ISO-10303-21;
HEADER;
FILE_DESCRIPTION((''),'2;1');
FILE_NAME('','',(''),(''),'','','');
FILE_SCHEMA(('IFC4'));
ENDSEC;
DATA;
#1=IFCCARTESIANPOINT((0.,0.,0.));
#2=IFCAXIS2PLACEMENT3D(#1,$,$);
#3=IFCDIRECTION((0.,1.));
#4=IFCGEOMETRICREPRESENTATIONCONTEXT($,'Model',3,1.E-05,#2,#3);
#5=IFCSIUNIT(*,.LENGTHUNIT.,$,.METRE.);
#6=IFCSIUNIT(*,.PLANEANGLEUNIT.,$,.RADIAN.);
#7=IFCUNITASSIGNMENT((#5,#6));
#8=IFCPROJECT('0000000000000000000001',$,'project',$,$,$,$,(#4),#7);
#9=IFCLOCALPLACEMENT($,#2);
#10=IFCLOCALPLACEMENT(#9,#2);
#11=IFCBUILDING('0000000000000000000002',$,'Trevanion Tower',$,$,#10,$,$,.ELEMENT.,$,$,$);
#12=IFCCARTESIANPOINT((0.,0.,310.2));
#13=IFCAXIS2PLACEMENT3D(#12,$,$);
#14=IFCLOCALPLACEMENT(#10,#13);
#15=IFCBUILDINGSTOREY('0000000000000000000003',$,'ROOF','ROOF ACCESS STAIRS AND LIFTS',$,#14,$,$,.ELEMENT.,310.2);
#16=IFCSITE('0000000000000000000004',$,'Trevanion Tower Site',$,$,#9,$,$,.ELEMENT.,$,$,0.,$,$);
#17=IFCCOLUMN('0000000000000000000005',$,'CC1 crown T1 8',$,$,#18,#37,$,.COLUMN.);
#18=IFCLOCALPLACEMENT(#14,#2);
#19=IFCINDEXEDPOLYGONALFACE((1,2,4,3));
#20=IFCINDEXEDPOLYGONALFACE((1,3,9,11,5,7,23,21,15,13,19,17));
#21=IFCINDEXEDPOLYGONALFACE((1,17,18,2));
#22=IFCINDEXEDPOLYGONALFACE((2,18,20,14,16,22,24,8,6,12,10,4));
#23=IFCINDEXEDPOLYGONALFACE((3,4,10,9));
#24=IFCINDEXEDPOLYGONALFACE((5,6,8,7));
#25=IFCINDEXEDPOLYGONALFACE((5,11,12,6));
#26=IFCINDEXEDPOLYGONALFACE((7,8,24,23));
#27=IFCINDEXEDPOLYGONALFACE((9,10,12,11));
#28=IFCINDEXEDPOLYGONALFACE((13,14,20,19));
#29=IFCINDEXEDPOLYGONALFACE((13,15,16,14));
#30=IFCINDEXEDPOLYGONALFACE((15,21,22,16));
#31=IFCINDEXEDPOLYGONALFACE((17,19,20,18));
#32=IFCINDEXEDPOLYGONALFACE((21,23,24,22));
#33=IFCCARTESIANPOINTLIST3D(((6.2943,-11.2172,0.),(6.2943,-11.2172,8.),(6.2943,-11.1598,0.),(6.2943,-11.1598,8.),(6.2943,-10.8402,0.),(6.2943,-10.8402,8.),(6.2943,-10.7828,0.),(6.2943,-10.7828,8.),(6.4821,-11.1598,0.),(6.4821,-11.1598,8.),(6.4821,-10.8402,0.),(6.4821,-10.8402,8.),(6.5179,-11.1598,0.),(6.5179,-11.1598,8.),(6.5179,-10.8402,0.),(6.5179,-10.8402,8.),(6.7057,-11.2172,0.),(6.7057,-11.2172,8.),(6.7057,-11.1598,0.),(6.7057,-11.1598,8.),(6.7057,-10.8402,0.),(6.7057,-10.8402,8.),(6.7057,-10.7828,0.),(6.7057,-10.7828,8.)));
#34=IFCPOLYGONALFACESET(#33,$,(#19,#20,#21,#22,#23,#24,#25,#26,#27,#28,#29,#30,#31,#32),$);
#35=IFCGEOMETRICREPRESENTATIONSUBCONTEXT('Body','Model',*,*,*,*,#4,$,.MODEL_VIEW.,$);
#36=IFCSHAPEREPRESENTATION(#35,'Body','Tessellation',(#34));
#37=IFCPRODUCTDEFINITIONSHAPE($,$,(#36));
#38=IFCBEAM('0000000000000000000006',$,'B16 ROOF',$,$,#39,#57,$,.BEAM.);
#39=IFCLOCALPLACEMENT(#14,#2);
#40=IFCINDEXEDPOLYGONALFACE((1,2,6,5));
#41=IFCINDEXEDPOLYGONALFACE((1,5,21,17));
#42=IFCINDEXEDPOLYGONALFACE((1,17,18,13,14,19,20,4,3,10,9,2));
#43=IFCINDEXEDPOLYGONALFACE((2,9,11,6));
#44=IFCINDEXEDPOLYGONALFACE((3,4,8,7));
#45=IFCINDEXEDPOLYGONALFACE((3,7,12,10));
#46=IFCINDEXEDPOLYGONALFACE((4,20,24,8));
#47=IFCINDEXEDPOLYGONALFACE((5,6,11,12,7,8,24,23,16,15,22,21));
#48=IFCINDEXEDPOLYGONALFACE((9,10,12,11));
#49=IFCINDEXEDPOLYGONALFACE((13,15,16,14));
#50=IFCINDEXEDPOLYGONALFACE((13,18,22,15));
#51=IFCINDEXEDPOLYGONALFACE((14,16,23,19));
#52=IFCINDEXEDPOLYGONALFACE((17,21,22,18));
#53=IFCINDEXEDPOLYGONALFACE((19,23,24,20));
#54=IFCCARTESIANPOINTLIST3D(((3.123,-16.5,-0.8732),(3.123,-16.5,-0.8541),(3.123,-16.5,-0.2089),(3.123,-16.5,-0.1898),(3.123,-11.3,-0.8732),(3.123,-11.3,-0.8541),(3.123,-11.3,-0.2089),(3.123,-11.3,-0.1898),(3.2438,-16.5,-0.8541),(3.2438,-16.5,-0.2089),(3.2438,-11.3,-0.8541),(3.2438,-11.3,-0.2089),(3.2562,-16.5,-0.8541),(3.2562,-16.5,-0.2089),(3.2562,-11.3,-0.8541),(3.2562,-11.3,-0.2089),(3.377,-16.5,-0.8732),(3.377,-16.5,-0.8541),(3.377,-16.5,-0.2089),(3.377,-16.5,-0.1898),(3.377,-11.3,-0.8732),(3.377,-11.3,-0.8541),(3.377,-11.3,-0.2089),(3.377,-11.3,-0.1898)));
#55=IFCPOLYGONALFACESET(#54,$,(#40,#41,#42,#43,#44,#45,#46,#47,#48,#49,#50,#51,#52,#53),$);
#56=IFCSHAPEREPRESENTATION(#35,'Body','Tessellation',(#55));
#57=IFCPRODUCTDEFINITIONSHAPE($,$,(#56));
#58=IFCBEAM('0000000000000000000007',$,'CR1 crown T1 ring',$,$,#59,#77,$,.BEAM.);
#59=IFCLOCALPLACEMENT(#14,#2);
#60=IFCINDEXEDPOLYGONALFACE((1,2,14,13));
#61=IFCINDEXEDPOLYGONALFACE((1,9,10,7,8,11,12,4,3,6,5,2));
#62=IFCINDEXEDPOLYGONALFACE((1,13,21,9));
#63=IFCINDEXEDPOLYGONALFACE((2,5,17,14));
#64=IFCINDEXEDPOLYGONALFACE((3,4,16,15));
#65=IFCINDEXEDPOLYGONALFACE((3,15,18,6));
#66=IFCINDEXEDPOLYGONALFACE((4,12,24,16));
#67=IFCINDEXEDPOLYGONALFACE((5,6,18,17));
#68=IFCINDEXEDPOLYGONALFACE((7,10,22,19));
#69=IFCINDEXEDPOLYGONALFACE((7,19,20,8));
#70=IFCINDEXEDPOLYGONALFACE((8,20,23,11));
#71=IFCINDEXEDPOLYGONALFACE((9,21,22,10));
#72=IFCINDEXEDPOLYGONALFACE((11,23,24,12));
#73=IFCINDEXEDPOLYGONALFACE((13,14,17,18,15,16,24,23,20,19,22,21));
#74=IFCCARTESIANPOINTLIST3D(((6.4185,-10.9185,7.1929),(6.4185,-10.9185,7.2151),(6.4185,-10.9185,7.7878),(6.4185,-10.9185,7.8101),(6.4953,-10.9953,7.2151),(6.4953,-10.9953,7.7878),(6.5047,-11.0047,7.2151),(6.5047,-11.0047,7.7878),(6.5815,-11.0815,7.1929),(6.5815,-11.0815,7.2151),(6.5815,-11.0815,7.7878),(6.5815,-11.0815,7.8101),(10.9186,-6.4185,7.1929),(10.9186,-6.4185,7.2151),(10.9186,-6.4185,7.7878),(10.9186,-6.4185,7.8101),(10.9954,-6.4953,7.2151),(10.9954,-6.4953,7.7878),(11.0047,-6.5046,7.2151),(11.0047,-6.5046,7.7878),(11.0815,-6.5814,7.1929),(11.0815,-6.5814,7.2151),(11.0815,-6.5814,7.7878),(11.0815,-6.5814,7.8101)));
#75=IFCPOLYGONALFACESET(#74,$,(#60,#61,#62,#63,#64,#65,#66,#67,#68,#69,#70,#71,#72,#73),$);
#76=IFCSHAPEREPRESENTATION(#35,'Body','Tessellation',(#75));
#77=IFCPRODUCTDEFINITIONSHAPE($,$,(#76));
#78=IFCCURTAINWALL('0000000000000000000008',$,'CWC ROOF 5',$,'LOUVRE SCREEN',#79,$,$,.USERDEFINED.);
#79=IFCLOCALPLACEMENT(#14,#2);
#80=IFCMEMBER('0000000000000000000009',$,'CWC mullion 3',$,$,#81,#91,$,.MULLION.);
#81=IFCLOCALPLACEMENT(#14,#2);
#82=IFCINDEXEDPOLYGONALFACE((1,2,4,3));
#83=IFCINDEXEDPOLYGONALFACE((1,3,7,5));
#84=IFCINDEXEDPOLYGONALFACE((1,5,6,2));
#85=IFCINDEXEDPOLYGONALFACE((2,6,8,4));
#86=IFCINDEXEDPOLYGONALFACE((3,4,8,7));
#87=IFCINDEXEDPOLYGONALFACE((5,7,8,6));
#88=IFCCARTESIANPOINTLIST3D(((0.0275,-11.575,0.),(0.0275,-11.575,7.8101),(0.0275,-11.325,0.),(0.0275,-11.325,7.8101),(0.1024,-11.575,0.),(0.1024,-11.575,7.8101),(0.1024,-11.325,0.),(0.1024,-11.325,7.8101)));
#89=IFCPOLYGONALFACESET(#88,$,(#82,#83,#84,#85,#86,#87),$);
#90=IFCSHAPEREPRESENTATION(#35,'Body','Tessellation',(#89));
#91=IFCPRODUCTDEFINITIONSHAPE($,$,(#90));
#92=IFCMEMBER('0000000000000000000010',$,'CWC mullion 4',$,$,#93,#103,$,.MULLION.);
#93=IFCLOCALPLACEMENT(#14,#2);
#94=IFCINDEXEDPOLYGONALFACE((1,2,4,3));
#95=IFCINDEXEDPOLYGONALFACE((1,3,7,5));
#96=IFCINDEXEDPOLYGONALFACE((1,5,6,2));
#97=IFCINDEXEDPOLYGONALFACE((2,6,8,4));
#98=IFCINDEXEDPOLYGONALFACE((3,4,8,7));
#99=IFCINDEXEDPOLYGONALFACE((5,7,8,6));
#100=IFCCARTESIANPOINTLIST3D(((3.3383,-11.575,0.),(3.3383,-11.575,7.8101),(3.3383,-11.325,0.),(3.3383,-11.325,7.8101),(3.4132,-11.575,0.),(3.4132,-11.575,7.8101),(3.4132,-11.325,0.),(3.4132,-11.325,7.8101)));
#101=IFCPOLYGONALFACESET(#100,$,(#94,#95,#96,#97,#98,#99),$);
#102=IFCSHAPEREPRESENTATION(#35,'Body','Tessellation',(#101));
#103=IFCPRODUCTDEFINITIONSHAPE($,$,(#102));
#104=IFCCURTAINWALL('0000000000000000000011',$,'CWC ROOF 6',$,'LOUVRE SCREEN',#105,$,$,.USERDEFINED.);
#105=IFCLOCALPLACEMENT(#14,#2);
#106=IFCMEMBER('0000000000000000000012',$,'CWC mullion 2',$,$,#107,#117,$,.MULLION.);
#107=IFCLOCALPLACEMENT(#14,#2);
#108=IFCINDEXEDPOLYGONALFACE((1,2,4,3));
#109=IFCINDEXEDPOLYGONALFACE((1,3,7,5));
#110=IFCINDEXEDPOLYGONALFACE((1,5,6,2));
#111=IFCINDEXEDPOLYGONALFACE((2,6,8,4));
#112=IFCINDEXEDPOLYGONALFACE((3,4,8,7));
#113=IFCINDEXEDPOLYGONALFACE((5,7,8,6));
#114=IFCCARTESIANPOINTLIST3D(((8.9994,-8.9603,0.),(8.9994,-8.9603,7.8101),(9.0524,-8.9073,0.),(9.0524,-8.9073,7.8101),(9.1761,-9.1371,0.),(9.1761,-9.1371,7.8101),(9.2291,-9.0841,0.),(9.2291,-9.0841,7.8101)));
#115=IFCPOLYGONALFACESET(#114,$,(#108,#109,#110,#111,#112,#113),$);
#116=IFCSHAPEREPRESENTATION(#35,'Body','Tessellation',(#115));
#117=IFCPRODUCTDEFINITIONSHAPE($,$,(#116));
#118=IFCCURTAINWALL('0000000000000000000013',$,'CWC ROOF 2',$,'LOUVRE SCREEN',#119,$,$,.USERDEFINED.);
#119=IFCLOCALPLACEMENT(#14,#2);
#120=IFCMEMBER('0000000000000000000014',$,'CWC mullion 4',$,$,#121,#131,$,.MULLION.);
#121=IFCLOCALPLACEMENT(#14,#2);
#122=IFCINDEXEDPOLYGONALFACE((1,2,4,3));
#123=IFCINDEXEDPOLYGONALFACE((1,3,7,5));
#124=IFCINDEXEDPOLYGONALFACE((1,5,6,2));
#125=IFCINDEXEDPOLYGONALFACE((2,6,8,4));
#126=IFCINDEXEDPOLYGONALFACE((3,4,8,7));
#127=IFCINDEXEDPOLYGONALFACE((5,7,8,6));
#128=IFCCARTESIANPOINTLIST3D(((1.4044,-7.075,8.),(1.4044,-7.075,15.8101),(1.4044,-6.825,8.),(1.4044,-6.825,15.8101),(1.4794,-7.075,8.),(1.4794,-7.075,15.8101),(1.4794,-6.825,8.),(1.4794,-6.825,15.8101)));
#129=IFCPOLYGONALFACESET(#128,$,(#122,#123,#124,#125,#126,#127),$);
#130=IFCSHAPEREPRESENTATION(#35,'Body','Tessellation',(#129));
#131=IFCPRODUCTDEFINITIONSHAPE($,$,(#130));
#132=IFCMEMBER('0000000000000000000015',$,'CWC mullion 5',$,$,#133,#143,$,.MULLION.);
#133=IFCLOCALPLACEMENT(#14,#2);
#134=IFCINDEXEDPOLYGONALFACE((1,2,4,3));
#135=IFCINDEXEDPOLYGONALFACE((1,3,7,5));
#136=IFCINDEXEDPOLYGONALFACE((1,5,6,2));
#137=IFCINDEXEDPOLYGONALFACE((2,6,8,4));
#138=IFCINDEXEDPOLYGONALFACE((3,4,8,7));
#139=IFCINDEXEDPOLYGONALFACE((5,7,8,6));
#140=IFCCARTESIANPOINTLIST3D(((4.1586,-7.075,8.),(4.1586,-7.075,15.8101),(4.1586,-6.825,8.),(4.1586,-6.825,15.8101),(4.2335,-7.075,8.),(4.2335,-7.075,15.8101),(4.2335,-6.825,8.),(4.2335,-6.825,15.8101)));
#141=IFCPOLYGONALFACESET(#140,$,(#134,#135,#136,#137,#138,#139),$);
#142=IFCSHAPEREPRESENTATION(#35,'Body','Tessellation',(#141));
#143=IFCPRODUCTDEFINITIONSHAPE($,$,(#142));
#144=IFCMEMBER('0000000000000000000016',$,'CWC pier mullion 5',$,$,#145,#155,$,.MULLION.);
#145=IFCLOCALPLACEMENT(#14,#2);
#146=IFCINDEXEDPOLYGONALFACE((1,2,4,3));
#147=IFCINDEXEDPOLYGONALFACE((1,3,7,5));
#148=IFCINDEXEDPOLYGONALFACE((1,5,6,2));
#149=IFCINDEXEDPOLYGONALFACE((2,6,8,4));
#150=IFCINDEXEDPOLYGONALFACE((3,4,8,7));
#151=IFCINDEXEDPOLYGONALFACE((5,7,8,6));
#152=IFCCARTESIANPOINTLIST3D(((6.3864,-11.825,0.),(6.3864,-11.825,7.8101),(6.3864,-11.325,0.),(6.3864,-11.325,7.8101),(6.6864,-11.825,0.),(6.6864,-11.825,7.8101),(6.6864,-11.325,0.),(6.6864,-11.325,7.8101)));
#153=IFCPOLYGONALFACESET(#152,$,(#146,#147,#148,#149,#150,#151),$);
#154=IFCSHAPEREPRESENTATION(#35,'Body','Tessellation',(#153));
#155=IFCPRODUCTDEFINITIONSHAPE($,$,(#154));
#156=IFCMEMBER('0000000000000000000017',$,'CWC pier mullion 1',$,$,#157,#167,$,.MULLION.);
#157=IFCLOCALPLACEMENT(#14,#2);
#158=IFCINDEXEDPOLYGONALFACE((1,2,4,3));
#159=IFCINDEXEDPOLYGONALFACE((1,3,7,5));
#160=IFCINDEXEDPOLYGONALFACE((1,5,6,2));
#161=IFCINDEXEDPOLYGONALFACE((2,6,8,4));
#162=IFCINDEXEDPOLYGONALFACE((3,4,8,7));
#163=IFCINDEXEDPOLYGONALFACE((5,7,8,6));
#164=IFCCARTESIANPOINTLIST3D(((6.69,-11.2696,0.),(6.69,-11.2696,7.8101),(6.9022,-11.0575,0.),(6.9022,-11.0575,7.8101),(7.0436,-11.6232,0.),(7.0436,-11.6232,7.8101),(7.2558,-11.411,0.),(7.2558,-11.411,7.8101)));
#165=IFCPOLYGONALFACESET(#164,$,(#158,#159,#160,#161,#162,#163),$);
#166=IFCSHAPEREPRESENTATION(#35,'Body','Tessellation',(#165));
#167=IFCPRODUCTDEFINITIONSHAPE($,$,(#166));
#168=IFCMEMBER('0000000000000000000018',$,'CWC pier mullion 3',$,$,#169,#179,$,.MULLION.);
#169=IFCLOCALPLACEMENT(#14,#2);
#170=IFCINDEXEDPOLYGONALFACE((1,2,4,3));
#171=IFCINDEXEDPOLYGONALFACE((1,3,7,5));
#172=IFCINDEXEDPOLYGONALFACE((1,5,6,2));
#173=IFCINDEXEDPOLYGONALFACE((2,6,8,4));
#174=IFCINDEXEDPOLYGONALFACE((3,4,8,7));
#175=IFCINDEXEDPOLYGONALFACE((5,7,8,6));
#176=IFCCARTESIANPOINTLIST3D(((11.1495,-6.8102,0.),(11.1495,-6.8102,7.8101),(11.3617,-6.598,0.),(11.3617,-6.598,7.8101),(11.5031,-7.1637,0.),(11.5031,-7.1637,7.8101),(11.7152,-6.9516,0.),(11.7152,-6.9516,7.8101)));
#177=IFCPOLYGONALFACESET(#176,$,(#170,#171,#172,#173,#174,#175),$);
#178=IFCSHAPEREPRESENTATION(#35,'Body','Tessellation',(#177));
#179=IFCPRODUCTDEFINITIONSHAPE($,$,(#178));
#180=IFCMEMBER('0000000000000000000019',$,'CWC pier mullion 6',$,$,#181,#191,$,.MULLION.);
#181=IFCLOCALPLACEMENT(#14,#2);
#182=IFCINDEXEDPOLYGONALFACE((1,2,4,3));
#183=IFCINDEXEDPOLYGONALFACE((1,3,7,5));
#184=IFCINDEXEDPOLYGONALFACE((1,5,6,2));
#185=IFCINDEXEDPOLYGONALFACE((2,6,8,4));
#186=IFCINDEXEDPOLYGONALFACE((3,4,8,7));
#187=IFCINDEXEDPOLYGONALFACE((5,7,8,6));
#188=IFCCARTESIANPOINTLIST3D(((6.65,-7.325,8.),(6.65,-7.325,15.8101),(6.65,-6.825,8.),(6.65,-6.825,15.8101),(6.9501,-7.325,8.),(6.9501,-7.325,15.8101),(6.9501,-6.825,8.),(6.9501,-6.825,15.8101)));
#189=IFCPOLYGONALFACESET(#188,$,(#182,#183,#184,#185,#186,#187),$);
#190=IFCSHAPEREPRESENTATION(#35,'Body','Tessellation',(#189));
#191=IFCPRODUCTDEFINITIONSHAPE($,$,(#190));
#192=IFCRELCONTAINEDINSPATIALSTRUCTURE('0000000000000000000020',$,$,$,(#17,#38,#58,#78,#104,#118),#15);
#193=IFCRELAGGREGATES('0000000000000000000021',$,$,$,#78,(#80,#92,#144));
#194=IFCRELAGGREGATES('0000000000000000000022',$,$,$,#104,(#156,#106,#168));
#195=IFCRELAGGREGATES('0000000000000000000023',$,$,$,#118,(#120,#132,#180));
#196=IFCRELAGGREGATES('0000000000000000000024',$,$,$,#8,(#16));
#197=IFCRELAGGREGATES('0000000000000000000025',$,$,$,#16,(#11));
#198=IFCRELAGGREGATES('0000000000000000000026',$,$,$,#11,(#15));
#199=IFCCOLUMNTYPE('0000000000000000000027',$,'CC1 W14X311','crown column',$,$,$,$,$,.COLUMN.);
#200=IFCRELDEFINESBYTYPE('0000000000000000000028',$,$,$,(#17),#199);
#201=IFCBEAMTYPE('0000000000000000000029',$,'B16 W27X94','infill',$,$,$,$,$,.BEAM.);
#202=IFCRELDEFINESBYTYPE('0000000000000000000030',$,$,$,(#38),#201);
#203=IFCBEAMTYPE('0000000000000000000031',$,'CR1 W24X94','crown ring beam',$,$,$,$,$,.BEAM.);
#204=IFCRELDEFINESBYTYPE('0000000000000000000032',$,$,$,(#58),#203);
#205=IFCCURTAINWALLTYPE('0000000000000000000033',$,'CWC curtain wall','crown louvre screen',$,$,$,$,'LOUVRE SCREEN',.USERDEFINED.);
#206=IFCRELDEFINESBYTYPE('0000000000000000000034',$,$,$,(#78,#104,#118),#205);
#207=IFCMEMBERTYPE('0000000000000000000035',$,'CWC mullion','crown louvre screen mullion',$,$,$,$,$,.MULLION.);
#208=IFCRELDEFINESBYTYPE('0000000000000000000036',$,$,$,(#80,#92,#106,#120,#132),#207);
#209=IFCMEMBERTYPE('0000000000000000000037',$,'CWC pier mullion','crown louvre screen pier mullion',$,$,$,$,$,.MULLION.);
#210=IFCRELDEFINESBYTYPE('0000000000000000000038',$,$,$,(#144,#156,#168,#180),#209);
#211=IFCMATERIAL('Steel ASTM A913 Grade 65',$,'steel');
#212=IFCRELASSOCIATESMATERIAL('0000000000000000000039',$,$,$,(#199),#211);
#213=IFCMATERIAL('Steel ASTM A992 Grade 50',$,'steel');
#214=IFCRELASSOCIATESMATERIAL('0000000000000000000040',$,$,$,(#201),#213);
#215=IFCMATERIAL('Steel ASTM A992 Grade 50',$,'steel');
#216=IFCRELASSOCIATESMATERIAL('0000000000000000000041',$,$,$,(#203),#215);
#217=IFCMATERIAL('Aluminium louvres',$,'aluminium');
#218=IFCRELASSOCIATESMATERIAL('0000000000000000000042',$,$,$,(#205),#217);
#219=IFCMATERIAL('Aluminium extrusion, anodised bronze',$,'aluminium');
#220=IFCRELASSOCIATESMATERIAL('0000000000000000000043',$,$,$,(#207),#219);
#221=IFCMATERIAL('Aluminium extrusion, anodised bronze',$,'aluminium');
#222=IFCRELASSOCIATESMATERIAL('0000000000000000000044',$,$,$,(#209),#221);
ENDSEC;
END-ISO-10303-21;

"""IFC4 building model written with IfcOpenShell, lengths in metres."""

from ifc_helpers import new_model, si_unit, direction, frame, origin, origin_2d, place, context, subcontext, project, spatial, rectangle, i_section, extrude, material, material_profile, profile_set, type_object, element, aggregate, save


model = new_model("IFC4")

# Units and contexts
model_context = context("Model", 3, precision=1e-05, world=origin(), true_north=direction((0.0, 1.0)))
body_context = subcontext(model_context, "Body", "Model", "MODEL_VIEW")
ifc_project = project(units=[si_unit("LENGTHUNIT", "METRE"), si_unit("PLANEANGLEUNIT", "RADIAN")], contexts=[model_context])

# Site, building, storey
site_placement = place(None, origin())
site = spatial("IfcSite", under=ifc_project, at=site_placement, Name="Trevanion Tower Site", CompositionType="ELEMENT", RefElevation=0.0)
building_placement = place(site_placement, origin())
building = spatial("IfcBuilding", under=site, at=building_placement, Name="Trevanion Tower", CompositionType="ELEMENT")
storey_placement = place(building_placement, frame((0.0, 0.0, 310.2)))
storey = spatial("IfcBuildingStorey", under=building, at=storey_placement, Name="ROOF", Description="ROOF ACCESS STAIRS AND LIFTS", CompositionType="ELEMENT", Elevation=310.2)

# Column
ifc_material_1 = material(Name="Steel ASTM A913 Grade 65", Category="steel")
ifc_material_profile_1 = material_profile(ifc_material_1, i_section(OverallWidth=0.4114, OverallDepth=0.4343, WebThickness=0.0359, FlangeThickness=0.0574, at=origin_2d()), Name="W14X311")
ifc_profile_set_1 = profile_set([ifc_material_profile_1], Name="Steel ASTM A913 Grade 65")
column_type = type_object("IfcColumnType", Name="CC1 W14X311", Description="crown column", PredefinedType="COLUMN", material=ifc_profile_set_1)
column_placement = place(storey_placement, frame((6.5, -11.0, 0.0), z_axis=(0.0, 0.0, 1.0), x_axis=(1.0, 0.0, 0.0)))
element("IfcColumn", 1, at=column_placement, inside=storey, type_object=column_type, Name="CC1 crown T1 8", PredefinedType="COLUMN", context=body_context, shape_type="SweptSolid", body=[
    extrude(i_section(OverallWidth=0.4114, OverallDepth=0.4343, WebThickness=0.0359, FlangeThickness=0.0574, at=origin_2d()), origin(), (0.0, 0.0, 1.0), 8.0),
])

# Beams
ifc_material_2 = material(Name="Steel ASTM A992 Grade 50", Category="steel")
ifc_material_profile_2 = material_profile(ifc_material_2, i_section(OverallWidth=0.2539, OverallDepth=0.6833, WebThickness=0.0125, FlangeThickness=0.019, at=origin_2d()), Name="W27X94")
ifc_profile_set_2 = profile_set([ifc_material_profile_2], Name="Steel ASTM A992 Grade 50")
beam_type_1 = type_object("IfcBeamType", Name="B16 W27X94", Description="infill", PredefinedType="BEAM", material=ifc_profile_set_2)
beam_1_placement = place(storey_placement, frame((3.25, -11.3, -0.5315), z_axis=(0.0, -1.0, 0.0), x_axis=(1.0, 0.0, 0.0)))
element("IfcBeam", 2, at=beam_1_placement, inside=storey, type_object=beam_type_1, Name="B16 ROOF", PredefinedType="BEAM", context=body_context, shape_type="SweptSolid", body=[
    extrude(i_section(OverallWidth=0.2539, OverallDepth=0.6833, WebThickness=0.0125, FlangeThickness=0.019, at=origin_2d()), origin(), (0.0, 0.0, 1.0), 5.2),
])
ifc_material_3 = material(Name="Steel ASTM A992 Grade 50", Category="steel")
ifc_material_profile_3 = material_profile(ifc_material_3, i_section(OverallWidth=0.2305, OverallDepth=0.6172, WebThickness=0.0132, FlangeThickness=0.0222, at=origin_2d()), Name="W24X94")
ifc_profile_set_3 = profile_set([ifc_material_profile_3], Name="Steel ASTM A992 Grade 50")
beam_type_2 = type_object("IfcBeamType", Name="CR1 W24X94", Description="crown ring beam", PredefinedType="BEAM", material=ifc_profile_set_3)
beam_2_placement = place(storey_placement, frame((6.5, -11.0, 7.5015), z_axis=(0.707107, 0.707107, 0.0), x_axis=(-0.707107, 0.707107, 0.0)))
element("IfcBeam", 3, at=beam_2_placement, inside=storey, type_object=beam_type_2, Name="CR1 crown T1 ring", PredefinedType="BEAM", context=body_context, shape_type="SweptSolid", body=[
    extrude(i_section(OverallWidth=0.2305, OverallDepth=0.6172, WebThickness=0.0132, FlangeThickness=0.0222, at=origin_2d()), origin(), (0.0, 0.0, 1.0), 6.364),
])

# Curtain wall, members
ifc_material_4 = material(Name="Aluminium louvres", Category="aluminium")
curtain_wall_type = type_object("IfcCurtainWallType", Name="CWC curtain wall", Description="crown louvre screen", ElementType="LOUVRE SCREEN", PredefinedType="USERDEFINED", material=ifc_material_4)
curtain_wall_1_placement = place(storey_placement, origin())
curtain_wall_1 = element("IfcCurtainWall", 4, at=curtain_wall_1_placement, inside=storey, type_object=curtain_wall_type, Name="CWC ROOF 5", ObjectType="LOUVRE SCREEN", PredefinedType="USERDEFINED")
ifc_material_5 = material(Name="Aluminium extrusion, anodised bronze", Category="aluminium")
ifc_material_profile_4 = material_profile(ifc_material_5, rectangle(XDim=0.075, YDim=0.25, at=origin_2d()), Name="CWC mullion")
ifc_profile_set_4 = profile_set([ifc_material_profile_4], Name="Aluminium extrusion, anodised bronze")
member_type_1 = type_object("IfcMemberType", Name="CWC mullion", Description="crown louvre screen mullion", PredefinedType="MULLION", material=ifc_profile_set_4)
member_1_placement = place(storey_placement, frame((0.0649, -11.45, 0.0), z_axis=(0.0, 0.0, 1.0), x_axis=(1.0, 0.0, 0.0)))
member_1 = element("IfcMember", 5, at=member_1_placement, type_object=member_type_1, Name="CWC mullion 3", PredefinedType="MULLION", context=body_context, shape_type="SweptSolid", body=[
    extrude(rectangle(XDim=0.075, YDim=0.25, at=origin_2d()), origin(), (0.0, 0.0, 1.0), 7.8101),
])
member_2_placement = place(storey_placement, frame((3.3757, -11.45, 0.0), z_axis=(0.0, 0.0, 1.0), x_axis=(1.0, 0.0, 0.0)))
member_2 = element("IfcMember", 6, at=member_2_placement, type_object=member_type_1, Name="CWC mullion 4", PredefinedType="MULLION", context=body_context, shape_type="SweptSolid", body=[
    extrude(rectangle(XDim=0.075, YDim=0.25, at=origin_2d()), origin(), (0.0, 0.0, 1.0), 7.8101),
])

# Curtain wall, member
curtain_wall_2_placement = place(storey_placement, origin())
curtain_wall_2 = element("IfcCurtainWall", 7, at=curtain_wall_2_placement, inside=storey, type_object=curtain_wall_type, Name="CWC ROOF 6", ObjectType="LOUVRE SCREEN", PredefinedType="USERDEFINED")
member_3_placement = place(storey_placement, frame((9.1143, -9.0222, 0.0), z_axis=(0.0, 0.0, 1.0), x_axis=(0.707107, 0.707107, 0.0)))
member_3 = element("IfcMember", 8, at=member_3_placement, type_object=member_type_1, Name="CWC mullion 2", PredefinedType="MULLION", context=body_context, shape_type="SweptSolid", body=[
    extrude(rectangle(XDim=0.075, YDim=0.25, at=origin_2d()), origin(), (0.0, 0.0, 1.0), 7.8101),
])

# Curtain wall, members
curtain_wall_3_placement = place(storey_placement, origin())
curtain_wall_3 = element("IfcCurtainWall", 9, at=curtain_wall_3_placement, inside=storey, type_object=curtain_wall_type, Name="CWC ROOF 2", ObjectType="LOUVRE SCREEN", PredefinedType="USERDEFINED")
member_4_placement = place(storey_placement, frame((1.4419, -6.95, 8.0), z_axis=(0.0, 0.0, 1.0), x_axis=(1.0, 0.0, 0.0)))
member_4 = element("IfcMember", 10, at=member_4_placement, type_object=member_type_1, Name="CWC mullion 4", PredefinedType="MULLION", context=body_context, shape_type="SweptSolid", body=[
    extrude(rectangle(XDim=0.075, YDim=0.25, at=origin_2d()), origin(), (0.0, 0.0, 1.0), 7.8101),
])
member_5_placement = place(storey_placement, frame((4.196, -6.95, 8.0), z_axis=(0.0, 0.0, 1.0), x_axis=(1.0, 0.0, 0.0)))
member_5 = element("IfcMember", 11, at=member_5_placement, type_object=member_type_1, Name="CWC mullion 5", PredefinedType="MULLION", context=body_context, shape_type="SweptSolid", body=[
    extrude(rectangle(XDim=0.075, YDim=0.25, at=origin_2d()), origin(), (0.0, 0.0, 1.0), 7.8101),
])

# Members
ifc_material_6 = material(Name="Aluminium extrusion, anodised bronze", Category="aluminium")
ifc_material_profile_5 = material_profile(ifc_material_6, rectangle(XDim=0.3, YDim=0.5, at=origin_2d()), Name="CWC pier mullion")
ifc_profile_set_5 = profile_set([ifc_material_profile_5], Name="Aluminium extrusion, anodised bronze")
member_type_2 = type_object("IfcMemberType", Name="CWC pier mullion", Description="crown louvre screen pier mullion", PredefinedType="MULLION", material=ifc_profile_set_5)
member_6_placement = place(storey_placement, frame((6.5364, -11.575, 0.0), z_axis=(0.0, 0.0, 1.0), x_axis=(1.0, 0.0, 0.0)))
member_6 = element("IfcMember", 12, at=member_6_placement, type_object=member_type_2, Name="CWC pier mullion 5", PredefinedType="MULLION", context=body_context, shape_type="SweptSolid", body=[
    extrude(rectangle(XDim=0.3, YDim=0.5, at=origin_2d()), origin(), (0.0, 0.0, 1.0), 7.8101),
])
member_7_placement = place(storey_placement, frame((6.9729, -11.3403, 0.0), z_axis=(0.0, 0.0, 1.0), x_axis=(0.707107, 0.707107, 0.0)))
member_7 = element("IfcMember", 13, at=member_7_placement, type_object=member_type_2, Name="CWC pier mullion 1", PredefinedType="MULLION", context=body_context, shape_type="SweptSolid", body=[
    extrude(rectangle(XDim=0.3, YDim=0.5, at=origin_2d()), origin(), (0.0, 0.0, 1.0), 7.8101),
])
member_8_placement = place(storey_placement, frame((11.4324, -6.8809, 0.0), z_axis=(0.0, 0.0, 1.0), x_axis=(0.707107, 0.707107, 0.0)))
member_8 = element("IfcMember", 14, at=member_8_placement, type_object=member_type_2, Name="CWC pier mullion 3", PredefinedType="MULLION", context=body_context, shape_type="SweptSolid", body=[
    extrude(rectangle(XDim=0.3, YDim=0.5, at=origin_2d()), origin(), (0.0, 0.0, 1.0), 7.8101),
])
member_9_placement = place(storey_placement, frame((6.8, -7.075, 8.0), z_axis=(0.0, 0.0, 1.0), x_axis=(1.0, 0.0, 0.0)))
member_9 = element("IfcMember", 15, at=member_9_placement, type_object=member_type_2, Name="CWC pier mullion 6", PredefinedType="MULLION", context=body_context, shape_type="SweptSolid", body=[
    extrude(rectangle(XDim=0.3, YDim=0.5, at=origin_2d()), origin(), (0.0, 0.0, 1.0), 7.8101),
])

aggregate(curtain_wall_1, [member_1, member_2, member_6])
aggregate(curtain_wall_2, [member_7, member_3, member_8])
aggregate(curtain_wall_3, [member_4, member_5, member_9])

save(model, "model.ifc")
